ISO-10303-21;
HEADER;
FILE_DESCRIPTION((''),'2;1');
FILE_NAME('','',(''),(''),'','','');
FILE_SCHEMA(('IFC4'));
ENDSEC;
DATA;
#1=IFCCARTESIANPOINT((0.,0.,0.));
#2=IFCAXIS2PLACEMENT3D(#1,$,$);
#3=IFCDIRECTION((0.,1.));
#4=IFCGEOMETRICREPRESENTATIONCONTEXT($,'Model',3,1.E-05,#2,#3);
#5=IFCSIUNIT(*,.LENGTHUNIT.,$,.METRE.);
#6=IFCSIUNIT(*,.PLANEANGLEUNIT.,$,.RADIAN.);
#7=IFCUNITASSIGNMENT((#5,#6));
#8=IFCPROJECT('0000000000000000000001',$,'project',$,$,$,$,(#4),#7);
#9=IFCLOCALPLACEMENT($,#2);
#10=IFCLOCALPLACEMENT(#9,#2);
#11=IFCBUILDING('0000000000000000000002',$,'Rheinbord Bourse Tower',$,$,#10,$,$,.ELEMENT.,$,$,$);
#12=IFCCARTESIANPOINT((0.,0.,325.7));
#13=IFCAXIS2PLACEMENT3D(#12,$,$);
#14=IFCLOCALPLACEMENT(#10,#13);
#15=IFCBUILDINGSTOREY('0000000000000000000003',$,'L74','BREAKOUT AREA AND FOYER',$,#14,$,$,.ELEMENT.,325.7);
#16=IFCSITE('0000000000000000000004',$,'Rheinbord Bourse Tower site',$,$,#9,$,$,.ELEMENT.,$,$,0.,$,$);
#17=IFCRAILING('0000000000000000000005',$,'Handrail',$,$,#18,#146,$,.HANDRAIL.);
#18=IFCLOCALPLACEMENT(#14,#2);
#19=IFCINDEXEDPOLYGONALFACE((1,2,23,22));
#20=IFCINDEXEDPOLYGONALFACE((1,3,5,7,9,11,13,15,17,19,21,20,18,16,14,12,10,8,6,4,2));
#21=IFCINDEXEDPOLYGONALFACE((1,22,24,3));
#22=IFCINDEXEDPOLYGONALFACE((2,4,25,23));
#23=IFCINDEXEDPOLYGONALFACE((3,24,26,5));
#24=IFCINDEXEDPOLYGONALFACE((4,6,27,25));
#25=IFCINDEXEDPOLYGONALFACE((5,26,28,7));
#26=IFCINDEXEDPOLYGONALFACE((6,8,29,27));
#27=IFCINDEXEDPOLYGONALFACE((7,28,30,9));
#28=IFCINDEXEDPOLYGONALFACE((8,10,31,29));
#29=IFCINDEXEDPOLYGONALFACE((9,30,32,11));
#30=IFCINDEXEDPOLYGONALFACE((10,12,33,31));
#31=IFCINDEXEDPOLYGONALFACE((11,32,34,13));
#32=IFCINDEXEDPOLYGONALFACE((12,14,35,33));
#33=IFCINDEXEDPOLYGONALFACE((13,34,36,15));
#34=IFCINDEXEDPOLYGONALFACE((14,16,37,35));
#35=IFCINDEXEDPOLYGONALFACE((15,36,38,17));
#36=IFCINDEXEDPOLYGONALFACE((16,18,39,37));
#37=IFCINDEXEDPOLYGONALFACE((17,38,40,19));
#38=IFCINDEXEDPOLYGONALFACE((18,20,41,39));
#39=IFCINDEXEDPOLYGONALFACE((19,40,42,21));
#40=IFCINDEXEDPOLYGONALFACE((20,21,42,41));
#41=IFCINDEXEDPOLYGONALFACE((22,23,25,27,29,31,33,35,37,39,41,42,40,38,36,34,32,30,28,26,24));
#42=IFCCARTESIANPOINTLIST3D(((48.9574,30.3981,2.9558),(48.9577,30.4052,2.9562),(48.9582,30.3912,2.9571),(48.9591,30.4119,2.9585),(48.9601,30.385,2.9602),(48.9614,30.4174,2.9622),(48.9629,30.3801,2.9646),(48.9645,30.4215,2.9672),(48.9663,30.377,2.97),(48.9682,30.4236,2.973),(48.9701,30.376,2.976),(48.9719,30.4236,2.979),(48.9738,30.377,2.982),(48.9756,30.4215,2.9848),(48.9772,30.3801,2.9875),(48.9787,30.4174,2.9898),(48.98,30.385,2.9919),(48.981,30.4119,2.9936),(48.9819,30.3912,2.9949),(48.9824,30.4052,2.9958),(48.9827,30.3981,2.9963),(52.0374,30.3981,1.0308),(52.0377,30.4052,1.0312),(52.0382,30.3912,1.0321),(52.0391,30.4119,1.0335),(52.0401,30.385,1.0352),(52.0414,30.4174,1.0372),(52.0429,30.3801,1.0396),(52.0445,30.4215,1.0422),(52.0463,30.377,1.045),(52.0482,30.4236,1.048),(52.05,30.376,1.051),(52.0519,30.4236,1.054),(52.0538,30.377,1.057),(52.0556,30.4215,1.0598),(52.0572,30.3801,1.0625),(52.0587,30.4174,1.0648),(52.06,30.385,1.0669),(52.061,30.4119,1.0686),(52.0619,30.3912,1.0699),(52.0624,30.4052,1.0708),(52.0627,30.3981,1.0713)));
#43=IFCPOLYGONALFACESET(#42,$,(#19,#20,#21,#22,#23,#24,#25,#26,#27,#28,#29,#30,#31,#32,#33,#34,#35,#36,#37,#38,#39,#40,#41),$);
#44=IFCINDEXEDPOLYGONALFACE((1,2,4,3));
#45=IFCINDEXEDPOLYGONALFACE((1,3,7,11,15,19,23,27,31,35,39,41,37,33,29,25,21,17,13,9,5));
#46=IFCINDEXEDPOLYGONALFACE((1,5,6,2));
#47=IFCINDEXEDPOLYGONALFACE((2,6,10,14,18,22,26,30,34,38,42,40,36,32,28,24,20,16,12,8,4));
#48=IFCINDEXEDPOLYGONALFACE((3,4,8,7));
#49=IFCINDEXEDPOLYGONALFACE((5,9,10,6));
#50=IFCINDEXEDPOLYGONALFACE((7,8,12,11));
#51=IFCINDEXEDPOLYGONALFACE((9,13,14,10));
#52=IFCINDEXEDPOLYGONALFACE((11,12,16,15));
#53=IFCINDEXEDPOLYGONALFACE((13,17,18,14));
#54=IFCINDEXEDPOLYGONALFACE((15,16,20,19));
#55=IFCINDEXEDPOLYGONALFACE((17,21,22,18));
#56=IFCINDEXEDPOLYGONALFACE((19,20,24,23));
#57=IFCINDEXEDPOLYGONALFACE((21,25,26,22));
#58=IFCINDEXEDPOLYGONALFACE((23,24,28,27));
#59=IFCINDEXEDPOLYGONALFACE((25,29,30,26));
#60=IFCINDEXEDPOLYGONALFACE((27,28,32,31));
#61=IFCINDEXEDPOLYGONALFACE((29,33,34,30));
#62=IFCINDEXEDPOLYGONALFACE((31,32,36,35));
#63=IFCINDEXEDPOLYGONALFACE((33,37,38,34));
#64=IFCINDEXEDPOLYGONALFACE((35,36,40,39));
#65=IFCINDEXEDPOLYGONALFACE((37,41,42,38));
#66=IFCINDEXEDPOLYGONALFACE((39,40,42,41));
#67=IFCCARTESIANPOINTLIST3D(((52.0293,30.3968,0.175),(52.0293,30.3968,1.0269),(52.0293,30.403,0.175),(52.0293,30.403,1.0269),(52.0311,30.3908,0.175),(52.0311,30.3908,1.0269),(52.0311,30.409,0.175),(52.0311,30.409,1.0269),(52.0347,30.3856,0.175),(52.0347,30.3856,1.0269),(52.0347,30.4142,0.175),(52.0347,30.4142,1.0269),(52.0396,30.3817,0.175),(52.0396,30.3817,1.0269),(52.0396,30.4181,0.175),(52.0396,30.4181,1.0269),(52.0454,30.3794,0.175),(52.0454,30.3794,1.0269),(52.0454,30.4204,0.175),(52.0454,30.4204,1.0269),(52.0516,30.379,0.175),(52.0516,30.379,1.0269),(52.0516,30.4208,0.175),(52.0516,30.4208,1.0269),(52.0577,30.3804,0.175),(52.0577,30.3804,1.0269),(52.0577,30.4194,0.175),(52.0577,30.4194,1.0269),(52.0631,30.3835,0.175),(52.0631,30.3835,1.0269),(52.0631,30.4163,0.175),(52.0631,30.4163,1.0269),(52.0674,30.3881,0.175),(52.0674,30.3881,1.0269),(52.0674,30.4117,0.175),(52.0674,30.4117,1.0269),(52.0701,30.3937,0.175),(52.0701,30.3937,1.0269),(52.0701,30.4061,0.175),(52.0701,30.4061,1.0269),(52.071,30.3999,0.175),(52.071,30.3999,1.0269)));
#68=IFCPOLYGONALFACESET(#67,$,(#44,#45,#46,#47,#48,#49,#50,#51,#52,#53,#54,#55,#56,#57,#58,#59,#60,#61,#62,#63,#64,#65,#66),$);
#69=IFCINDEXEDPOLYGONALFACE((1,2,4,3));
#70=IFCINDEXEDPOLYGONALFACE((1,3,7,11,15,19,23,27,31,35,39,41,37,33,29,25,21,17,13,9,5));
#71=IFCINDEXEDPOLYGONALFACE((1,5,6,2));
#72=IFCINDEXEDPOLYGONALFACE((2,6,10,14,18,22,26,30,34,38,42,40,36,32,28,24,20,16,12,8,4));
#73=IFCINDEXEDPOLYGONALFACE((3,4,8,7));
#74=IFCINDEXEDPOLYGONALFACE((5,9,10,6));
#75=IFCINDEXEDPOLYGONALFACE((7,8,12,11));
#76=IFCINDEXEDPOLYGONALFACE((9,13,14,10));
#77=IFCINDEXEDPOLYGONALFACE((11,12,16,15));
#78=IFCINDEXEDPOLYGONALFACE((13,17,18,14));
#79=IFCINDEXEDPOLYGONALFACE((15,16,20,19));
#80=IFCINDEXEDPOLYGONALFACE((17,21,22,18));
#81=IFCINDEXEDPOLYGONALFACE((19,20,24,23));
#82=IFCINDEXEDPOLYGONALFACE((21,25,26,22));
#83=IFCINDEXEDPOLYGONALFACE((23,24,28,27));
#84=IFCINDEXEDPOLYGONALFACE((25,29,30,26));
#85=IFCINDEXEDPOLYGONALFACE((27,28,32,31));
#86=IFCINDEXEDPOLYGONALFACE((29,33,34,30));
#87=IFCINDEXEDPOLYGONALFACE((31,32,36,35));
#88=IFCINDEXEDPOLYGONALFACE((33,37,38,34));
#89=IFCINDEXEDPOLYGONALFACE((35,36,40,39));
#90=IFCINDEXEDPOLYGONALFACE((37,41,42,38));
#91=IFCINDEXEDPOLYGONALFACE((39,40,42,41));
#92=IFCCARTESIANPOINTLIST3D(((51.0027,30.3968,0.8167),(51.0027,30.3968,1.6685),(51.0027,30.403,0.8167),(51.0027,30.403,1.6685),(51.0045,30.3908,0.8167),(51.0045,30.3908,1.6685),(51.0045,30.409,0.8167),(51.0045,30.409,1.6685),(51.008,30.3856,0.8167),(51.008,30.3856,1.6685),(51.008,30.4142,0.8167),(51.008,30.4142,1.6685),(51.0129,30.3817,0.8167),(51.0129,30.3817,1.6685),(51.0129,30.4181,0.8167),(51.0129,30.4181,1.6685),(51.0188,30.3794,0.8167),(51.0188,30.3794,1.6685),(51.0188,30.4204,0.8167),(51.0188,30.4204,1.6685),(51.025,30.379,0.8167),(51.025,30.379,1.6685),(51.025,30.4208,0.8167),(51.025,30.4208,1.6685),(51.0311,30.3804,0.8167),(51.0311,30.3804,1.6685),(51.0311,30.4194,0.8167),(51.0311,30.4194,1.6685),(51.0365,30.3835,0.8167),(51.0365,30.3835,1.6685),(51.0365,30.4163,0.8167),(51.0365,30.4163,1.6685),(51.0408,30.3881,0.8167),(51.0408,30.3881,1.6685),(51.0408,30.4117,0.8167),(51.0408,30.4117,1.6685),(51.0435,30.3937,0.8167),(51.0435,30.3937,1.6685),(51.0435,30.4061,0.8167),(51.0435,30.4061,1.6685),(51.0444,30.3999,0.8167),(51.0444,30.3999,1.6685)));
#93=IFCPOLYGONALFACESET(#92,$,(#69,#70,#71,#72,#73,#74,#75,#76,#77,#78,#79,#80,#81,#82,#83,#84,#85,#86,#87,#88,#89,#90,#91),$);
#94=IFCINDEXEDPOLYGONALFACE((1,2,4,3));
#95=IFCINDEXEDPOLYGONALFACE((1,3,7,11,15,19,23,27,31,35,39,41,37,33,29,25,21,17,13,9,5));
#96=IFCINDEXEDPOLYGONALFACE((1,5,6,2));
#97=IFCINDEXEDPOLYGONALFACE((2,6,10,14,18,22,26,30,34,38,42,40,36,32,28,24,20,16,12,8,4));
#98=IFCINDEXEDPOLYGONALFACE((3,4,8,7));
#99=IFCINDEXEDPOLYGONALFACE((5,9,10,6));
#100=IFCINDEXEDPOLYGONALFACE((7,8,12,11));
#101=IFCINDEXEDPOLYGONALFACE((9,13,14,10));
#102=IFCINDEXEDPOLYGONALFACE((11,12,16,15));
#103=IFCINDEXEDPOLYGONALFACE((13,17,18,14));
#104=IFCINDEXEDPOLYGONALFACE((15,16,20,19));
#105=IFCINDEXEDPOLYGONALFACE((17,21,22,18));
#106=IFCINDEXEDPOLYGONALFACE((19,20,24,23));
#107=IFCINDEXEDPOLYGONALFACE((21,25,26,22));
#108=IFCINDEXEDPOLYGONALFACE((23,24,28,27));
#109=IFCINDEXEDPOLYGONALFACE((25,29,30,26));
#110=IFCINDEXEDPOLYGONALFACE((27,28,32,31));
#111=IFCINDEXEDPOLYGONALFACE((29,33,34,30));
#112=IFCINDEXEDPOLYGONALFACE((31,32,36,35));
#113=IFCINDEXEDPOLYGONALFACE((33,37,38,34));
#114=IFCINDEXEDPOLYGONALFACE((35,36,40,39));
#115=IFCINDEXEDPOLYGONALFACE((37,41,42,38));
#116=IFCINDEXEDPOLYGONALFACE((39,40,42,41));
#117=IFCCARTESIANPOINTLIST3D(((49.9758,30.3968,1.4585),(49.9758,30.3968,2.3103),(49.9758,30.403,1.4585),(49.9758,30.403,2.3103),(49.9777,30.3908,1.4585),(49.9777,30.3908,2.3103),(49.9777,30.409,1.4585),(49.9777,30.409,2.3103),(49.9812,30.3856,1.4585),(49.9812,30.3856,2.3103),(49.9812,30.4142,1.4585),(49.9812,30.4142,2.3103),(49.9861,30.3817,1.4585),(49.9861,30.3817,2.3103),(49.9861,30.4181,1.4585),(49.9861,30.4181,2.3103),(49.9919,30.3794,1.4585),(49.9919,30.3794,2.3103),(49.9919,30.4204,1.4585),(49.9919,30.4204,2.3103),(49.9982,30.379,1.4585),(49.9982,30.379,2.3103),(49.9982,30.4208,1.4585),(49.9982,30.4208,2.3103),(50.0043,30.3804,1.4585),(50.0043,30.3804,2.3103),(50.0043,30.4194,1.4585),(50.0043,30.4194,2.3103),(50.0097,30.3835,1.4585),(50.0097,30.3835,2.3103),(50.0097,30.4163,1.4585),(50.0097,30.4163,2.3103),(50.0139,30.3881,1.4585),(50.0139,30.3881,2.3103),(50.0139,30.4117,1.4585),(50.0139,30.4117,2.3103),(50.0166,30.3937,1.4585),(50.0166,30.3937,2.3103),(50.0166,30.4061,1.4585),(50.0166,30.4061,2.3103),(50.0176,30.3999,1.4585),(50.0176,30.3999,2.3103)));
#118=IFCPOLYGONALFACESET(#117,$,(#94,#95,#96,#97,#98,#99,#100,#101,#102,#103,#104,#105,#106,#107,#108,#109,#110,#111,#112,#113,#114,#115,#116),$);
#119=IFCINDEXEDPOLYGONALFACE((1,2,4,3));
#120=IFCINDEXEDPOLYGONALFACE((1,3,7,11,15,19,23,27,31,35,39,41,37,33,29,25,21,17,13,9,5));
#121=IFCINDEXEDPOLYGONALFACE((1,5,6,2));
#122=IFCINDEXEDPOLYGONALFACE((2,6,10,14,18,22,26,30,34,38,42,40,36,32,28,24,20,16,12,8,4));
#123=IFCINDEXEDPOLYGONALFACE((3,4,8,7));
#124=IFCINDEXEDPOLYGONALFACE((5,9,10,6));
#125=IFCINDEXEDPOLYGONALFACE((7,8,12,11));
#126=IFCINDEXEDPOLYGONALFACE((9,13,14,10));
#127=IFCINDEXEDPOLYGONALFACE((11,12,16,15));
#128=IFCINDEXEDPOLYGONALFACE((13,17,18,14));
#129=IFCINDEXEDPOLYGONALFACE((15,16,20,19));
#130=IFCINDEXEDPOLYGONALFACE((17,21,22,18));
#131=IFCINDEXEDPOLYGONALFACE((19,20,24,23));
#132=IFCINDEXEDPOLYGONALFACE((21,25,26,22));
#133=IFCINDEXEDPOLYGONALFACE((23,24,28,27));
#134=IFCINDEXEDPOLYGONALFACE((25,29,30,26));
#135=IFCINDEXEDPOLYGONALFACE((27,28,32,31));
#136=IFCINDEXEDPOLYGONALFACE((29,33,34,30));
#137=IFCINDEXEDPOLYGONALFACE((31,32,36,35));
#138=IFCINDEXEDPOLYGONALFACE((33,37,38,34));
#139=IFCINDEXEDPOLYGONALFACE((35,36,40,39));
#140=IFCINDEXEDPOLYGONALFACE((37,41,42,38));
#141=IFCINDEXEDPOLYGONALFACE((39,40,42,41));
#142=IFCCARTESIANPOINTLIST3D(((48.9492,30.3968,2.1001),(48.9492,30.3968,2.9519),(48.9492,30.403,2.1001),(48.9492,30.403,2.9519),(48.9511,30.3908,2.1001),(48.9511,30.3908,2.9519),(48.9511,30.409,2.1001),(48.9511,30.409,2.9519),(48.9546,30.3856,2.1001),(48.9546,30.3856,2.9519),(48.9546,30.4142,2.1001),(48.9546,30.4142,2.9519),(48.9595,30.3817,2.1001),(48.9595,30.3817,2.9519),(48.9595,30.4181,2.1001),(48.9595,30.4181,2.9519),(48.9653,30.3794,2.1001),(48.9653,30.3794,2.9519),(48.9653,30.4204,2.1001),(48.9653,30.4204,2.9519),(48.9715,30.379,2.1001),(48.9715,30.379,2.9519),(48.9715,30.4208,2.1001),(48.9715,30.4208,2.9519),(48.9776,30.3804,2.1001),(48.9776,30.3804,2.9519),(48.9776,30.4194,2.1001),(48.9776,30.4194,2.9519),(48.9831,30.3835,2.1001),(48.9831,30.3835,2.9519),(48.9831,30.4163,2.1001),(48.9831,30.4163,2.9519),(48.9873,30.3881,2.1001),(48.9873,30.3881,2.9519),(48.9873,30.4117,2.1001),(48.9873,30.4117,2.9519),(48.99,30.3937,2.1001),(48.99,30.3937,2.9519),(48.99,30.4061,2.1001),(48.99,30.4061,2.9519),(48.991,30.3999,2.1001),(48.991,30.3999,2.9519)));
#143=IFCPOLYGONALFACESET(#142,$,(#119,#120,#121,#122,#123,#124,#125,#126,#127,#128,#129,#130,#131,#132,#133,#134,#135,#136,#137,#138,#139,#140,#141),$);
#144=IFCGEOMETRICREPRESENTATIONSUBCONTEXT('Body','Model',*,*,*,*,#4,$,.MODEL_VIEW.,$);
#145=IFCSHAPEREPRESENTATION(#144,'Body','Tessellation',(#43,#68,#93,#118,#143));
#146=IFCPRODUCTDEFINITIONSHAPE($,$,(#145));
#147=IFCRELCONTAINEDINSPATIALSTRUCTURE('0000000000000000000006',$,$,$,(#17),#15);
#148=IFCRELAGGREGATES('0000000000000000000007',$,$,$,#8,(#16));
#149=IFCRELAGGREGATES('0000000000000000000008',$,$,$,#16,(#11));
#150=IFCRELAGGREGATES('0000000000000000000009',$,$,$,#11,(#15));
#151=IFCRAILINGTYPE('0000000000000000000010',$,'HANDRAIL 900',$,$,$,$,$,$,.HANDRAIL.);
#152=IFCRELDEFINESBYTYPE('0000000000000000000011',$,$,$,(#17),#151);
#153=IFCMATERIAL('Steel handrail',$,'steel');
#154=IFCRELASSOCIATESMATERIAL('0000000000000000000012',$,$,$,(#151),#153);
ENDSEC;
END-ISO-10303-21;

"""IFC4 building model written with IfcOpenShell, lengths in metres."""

from ifc_helpers import new_model, si_unit, direction, frame, origin, origin_2d, place, context, subcontext, project, spatial, circle, extrude, material, type_object, element, save


model = new_model("IFC4")

# Units and contexts
model_context = context("Model", 3, precision=1e-05, world=origin(), true_north=direction((0.0, 1.0)))
body_context = subcontext(model_context, "Body", "Model", "MODEL_VIEW")
ifc_project = project(units=[si_unit("LENGTHUNIT", "METRE"), si_unit("PLANEANGLEUNIT", "RADIAN")], contexts=[model_context])

# Site, building, storey
site_placement = place(None, origin())
site = spatial("IfcSite", under=ifc_project, at=site_placement, Name="Rheinbord Bourse Tower site", CompositionType="ELEMENT", RefElevation=0.0)
building_placement = place(site_placement, origin())
building = spatial("IfcBuilding", under=site, at=building_placement, Name="Rheinbord Bourse Tower", CompositionType="ELEMENT")
storey_placement = place(building_placement, frame((0.0, 0.0, 325.7)))
storey = spatial("IfcBuildingStorey", under=building, at=storey_placement, Name="L74", Description="BREAKOUT AREA AND FOYER", CompositionType="ELEMENT", Elevation=325.7)

# Railing
ifc_material_1 = material(Name="Steel handrail", Category="steel")
railing_type = type_object("IfcRailingType", Name="HANDRAIL 900", PredefinedType="HANDRAIL", material=ifc_material_1)
railing_1_placement = place(storey_placement, frame((52.05, 30.3999, 0.175)))
element("IfcRailing", 1, at=railing_1_placement, inside=storey, type_object=railing_type, Name="Handrail", PredefinedType="HANDRAIL", context=body_context, shape_type="SweptSolid", body=[
    extrude(circle(Radius=0.0239, at=origin_2d()), frame((0.0, 0.0, 0.876), z_axis=(-0.847998, 0.0, 0.529999), x_axis=(0.0, -1.0, 0.0)), (0.0, 0.0, 1.0), 3.6321),
    extrude(circle(Radius=0.021, at=origin_2d()), origin(), (0.0, 0.0, 1.0), 0.8518),
    extrude(circle(Radius=0.021, at=origin_2d()), frame((-1.0266, 0.0, 0.6416)), (0.0, 0.0, 1.0), 0.8518),
    extrude(circle(Radius=0.021, at=origin_2d()), frame((-2.0535, 0.0, 1.2834)), (0.0, 0.0, 1.0), 0.8518),
    extrude(circle(Radius=0.021, at=origin_2d()), frame((-3.0801, 0.0, 1.925)), (0.0, 0.0, 1.0), 0.8518),
])

save(model, "model.ifc")
